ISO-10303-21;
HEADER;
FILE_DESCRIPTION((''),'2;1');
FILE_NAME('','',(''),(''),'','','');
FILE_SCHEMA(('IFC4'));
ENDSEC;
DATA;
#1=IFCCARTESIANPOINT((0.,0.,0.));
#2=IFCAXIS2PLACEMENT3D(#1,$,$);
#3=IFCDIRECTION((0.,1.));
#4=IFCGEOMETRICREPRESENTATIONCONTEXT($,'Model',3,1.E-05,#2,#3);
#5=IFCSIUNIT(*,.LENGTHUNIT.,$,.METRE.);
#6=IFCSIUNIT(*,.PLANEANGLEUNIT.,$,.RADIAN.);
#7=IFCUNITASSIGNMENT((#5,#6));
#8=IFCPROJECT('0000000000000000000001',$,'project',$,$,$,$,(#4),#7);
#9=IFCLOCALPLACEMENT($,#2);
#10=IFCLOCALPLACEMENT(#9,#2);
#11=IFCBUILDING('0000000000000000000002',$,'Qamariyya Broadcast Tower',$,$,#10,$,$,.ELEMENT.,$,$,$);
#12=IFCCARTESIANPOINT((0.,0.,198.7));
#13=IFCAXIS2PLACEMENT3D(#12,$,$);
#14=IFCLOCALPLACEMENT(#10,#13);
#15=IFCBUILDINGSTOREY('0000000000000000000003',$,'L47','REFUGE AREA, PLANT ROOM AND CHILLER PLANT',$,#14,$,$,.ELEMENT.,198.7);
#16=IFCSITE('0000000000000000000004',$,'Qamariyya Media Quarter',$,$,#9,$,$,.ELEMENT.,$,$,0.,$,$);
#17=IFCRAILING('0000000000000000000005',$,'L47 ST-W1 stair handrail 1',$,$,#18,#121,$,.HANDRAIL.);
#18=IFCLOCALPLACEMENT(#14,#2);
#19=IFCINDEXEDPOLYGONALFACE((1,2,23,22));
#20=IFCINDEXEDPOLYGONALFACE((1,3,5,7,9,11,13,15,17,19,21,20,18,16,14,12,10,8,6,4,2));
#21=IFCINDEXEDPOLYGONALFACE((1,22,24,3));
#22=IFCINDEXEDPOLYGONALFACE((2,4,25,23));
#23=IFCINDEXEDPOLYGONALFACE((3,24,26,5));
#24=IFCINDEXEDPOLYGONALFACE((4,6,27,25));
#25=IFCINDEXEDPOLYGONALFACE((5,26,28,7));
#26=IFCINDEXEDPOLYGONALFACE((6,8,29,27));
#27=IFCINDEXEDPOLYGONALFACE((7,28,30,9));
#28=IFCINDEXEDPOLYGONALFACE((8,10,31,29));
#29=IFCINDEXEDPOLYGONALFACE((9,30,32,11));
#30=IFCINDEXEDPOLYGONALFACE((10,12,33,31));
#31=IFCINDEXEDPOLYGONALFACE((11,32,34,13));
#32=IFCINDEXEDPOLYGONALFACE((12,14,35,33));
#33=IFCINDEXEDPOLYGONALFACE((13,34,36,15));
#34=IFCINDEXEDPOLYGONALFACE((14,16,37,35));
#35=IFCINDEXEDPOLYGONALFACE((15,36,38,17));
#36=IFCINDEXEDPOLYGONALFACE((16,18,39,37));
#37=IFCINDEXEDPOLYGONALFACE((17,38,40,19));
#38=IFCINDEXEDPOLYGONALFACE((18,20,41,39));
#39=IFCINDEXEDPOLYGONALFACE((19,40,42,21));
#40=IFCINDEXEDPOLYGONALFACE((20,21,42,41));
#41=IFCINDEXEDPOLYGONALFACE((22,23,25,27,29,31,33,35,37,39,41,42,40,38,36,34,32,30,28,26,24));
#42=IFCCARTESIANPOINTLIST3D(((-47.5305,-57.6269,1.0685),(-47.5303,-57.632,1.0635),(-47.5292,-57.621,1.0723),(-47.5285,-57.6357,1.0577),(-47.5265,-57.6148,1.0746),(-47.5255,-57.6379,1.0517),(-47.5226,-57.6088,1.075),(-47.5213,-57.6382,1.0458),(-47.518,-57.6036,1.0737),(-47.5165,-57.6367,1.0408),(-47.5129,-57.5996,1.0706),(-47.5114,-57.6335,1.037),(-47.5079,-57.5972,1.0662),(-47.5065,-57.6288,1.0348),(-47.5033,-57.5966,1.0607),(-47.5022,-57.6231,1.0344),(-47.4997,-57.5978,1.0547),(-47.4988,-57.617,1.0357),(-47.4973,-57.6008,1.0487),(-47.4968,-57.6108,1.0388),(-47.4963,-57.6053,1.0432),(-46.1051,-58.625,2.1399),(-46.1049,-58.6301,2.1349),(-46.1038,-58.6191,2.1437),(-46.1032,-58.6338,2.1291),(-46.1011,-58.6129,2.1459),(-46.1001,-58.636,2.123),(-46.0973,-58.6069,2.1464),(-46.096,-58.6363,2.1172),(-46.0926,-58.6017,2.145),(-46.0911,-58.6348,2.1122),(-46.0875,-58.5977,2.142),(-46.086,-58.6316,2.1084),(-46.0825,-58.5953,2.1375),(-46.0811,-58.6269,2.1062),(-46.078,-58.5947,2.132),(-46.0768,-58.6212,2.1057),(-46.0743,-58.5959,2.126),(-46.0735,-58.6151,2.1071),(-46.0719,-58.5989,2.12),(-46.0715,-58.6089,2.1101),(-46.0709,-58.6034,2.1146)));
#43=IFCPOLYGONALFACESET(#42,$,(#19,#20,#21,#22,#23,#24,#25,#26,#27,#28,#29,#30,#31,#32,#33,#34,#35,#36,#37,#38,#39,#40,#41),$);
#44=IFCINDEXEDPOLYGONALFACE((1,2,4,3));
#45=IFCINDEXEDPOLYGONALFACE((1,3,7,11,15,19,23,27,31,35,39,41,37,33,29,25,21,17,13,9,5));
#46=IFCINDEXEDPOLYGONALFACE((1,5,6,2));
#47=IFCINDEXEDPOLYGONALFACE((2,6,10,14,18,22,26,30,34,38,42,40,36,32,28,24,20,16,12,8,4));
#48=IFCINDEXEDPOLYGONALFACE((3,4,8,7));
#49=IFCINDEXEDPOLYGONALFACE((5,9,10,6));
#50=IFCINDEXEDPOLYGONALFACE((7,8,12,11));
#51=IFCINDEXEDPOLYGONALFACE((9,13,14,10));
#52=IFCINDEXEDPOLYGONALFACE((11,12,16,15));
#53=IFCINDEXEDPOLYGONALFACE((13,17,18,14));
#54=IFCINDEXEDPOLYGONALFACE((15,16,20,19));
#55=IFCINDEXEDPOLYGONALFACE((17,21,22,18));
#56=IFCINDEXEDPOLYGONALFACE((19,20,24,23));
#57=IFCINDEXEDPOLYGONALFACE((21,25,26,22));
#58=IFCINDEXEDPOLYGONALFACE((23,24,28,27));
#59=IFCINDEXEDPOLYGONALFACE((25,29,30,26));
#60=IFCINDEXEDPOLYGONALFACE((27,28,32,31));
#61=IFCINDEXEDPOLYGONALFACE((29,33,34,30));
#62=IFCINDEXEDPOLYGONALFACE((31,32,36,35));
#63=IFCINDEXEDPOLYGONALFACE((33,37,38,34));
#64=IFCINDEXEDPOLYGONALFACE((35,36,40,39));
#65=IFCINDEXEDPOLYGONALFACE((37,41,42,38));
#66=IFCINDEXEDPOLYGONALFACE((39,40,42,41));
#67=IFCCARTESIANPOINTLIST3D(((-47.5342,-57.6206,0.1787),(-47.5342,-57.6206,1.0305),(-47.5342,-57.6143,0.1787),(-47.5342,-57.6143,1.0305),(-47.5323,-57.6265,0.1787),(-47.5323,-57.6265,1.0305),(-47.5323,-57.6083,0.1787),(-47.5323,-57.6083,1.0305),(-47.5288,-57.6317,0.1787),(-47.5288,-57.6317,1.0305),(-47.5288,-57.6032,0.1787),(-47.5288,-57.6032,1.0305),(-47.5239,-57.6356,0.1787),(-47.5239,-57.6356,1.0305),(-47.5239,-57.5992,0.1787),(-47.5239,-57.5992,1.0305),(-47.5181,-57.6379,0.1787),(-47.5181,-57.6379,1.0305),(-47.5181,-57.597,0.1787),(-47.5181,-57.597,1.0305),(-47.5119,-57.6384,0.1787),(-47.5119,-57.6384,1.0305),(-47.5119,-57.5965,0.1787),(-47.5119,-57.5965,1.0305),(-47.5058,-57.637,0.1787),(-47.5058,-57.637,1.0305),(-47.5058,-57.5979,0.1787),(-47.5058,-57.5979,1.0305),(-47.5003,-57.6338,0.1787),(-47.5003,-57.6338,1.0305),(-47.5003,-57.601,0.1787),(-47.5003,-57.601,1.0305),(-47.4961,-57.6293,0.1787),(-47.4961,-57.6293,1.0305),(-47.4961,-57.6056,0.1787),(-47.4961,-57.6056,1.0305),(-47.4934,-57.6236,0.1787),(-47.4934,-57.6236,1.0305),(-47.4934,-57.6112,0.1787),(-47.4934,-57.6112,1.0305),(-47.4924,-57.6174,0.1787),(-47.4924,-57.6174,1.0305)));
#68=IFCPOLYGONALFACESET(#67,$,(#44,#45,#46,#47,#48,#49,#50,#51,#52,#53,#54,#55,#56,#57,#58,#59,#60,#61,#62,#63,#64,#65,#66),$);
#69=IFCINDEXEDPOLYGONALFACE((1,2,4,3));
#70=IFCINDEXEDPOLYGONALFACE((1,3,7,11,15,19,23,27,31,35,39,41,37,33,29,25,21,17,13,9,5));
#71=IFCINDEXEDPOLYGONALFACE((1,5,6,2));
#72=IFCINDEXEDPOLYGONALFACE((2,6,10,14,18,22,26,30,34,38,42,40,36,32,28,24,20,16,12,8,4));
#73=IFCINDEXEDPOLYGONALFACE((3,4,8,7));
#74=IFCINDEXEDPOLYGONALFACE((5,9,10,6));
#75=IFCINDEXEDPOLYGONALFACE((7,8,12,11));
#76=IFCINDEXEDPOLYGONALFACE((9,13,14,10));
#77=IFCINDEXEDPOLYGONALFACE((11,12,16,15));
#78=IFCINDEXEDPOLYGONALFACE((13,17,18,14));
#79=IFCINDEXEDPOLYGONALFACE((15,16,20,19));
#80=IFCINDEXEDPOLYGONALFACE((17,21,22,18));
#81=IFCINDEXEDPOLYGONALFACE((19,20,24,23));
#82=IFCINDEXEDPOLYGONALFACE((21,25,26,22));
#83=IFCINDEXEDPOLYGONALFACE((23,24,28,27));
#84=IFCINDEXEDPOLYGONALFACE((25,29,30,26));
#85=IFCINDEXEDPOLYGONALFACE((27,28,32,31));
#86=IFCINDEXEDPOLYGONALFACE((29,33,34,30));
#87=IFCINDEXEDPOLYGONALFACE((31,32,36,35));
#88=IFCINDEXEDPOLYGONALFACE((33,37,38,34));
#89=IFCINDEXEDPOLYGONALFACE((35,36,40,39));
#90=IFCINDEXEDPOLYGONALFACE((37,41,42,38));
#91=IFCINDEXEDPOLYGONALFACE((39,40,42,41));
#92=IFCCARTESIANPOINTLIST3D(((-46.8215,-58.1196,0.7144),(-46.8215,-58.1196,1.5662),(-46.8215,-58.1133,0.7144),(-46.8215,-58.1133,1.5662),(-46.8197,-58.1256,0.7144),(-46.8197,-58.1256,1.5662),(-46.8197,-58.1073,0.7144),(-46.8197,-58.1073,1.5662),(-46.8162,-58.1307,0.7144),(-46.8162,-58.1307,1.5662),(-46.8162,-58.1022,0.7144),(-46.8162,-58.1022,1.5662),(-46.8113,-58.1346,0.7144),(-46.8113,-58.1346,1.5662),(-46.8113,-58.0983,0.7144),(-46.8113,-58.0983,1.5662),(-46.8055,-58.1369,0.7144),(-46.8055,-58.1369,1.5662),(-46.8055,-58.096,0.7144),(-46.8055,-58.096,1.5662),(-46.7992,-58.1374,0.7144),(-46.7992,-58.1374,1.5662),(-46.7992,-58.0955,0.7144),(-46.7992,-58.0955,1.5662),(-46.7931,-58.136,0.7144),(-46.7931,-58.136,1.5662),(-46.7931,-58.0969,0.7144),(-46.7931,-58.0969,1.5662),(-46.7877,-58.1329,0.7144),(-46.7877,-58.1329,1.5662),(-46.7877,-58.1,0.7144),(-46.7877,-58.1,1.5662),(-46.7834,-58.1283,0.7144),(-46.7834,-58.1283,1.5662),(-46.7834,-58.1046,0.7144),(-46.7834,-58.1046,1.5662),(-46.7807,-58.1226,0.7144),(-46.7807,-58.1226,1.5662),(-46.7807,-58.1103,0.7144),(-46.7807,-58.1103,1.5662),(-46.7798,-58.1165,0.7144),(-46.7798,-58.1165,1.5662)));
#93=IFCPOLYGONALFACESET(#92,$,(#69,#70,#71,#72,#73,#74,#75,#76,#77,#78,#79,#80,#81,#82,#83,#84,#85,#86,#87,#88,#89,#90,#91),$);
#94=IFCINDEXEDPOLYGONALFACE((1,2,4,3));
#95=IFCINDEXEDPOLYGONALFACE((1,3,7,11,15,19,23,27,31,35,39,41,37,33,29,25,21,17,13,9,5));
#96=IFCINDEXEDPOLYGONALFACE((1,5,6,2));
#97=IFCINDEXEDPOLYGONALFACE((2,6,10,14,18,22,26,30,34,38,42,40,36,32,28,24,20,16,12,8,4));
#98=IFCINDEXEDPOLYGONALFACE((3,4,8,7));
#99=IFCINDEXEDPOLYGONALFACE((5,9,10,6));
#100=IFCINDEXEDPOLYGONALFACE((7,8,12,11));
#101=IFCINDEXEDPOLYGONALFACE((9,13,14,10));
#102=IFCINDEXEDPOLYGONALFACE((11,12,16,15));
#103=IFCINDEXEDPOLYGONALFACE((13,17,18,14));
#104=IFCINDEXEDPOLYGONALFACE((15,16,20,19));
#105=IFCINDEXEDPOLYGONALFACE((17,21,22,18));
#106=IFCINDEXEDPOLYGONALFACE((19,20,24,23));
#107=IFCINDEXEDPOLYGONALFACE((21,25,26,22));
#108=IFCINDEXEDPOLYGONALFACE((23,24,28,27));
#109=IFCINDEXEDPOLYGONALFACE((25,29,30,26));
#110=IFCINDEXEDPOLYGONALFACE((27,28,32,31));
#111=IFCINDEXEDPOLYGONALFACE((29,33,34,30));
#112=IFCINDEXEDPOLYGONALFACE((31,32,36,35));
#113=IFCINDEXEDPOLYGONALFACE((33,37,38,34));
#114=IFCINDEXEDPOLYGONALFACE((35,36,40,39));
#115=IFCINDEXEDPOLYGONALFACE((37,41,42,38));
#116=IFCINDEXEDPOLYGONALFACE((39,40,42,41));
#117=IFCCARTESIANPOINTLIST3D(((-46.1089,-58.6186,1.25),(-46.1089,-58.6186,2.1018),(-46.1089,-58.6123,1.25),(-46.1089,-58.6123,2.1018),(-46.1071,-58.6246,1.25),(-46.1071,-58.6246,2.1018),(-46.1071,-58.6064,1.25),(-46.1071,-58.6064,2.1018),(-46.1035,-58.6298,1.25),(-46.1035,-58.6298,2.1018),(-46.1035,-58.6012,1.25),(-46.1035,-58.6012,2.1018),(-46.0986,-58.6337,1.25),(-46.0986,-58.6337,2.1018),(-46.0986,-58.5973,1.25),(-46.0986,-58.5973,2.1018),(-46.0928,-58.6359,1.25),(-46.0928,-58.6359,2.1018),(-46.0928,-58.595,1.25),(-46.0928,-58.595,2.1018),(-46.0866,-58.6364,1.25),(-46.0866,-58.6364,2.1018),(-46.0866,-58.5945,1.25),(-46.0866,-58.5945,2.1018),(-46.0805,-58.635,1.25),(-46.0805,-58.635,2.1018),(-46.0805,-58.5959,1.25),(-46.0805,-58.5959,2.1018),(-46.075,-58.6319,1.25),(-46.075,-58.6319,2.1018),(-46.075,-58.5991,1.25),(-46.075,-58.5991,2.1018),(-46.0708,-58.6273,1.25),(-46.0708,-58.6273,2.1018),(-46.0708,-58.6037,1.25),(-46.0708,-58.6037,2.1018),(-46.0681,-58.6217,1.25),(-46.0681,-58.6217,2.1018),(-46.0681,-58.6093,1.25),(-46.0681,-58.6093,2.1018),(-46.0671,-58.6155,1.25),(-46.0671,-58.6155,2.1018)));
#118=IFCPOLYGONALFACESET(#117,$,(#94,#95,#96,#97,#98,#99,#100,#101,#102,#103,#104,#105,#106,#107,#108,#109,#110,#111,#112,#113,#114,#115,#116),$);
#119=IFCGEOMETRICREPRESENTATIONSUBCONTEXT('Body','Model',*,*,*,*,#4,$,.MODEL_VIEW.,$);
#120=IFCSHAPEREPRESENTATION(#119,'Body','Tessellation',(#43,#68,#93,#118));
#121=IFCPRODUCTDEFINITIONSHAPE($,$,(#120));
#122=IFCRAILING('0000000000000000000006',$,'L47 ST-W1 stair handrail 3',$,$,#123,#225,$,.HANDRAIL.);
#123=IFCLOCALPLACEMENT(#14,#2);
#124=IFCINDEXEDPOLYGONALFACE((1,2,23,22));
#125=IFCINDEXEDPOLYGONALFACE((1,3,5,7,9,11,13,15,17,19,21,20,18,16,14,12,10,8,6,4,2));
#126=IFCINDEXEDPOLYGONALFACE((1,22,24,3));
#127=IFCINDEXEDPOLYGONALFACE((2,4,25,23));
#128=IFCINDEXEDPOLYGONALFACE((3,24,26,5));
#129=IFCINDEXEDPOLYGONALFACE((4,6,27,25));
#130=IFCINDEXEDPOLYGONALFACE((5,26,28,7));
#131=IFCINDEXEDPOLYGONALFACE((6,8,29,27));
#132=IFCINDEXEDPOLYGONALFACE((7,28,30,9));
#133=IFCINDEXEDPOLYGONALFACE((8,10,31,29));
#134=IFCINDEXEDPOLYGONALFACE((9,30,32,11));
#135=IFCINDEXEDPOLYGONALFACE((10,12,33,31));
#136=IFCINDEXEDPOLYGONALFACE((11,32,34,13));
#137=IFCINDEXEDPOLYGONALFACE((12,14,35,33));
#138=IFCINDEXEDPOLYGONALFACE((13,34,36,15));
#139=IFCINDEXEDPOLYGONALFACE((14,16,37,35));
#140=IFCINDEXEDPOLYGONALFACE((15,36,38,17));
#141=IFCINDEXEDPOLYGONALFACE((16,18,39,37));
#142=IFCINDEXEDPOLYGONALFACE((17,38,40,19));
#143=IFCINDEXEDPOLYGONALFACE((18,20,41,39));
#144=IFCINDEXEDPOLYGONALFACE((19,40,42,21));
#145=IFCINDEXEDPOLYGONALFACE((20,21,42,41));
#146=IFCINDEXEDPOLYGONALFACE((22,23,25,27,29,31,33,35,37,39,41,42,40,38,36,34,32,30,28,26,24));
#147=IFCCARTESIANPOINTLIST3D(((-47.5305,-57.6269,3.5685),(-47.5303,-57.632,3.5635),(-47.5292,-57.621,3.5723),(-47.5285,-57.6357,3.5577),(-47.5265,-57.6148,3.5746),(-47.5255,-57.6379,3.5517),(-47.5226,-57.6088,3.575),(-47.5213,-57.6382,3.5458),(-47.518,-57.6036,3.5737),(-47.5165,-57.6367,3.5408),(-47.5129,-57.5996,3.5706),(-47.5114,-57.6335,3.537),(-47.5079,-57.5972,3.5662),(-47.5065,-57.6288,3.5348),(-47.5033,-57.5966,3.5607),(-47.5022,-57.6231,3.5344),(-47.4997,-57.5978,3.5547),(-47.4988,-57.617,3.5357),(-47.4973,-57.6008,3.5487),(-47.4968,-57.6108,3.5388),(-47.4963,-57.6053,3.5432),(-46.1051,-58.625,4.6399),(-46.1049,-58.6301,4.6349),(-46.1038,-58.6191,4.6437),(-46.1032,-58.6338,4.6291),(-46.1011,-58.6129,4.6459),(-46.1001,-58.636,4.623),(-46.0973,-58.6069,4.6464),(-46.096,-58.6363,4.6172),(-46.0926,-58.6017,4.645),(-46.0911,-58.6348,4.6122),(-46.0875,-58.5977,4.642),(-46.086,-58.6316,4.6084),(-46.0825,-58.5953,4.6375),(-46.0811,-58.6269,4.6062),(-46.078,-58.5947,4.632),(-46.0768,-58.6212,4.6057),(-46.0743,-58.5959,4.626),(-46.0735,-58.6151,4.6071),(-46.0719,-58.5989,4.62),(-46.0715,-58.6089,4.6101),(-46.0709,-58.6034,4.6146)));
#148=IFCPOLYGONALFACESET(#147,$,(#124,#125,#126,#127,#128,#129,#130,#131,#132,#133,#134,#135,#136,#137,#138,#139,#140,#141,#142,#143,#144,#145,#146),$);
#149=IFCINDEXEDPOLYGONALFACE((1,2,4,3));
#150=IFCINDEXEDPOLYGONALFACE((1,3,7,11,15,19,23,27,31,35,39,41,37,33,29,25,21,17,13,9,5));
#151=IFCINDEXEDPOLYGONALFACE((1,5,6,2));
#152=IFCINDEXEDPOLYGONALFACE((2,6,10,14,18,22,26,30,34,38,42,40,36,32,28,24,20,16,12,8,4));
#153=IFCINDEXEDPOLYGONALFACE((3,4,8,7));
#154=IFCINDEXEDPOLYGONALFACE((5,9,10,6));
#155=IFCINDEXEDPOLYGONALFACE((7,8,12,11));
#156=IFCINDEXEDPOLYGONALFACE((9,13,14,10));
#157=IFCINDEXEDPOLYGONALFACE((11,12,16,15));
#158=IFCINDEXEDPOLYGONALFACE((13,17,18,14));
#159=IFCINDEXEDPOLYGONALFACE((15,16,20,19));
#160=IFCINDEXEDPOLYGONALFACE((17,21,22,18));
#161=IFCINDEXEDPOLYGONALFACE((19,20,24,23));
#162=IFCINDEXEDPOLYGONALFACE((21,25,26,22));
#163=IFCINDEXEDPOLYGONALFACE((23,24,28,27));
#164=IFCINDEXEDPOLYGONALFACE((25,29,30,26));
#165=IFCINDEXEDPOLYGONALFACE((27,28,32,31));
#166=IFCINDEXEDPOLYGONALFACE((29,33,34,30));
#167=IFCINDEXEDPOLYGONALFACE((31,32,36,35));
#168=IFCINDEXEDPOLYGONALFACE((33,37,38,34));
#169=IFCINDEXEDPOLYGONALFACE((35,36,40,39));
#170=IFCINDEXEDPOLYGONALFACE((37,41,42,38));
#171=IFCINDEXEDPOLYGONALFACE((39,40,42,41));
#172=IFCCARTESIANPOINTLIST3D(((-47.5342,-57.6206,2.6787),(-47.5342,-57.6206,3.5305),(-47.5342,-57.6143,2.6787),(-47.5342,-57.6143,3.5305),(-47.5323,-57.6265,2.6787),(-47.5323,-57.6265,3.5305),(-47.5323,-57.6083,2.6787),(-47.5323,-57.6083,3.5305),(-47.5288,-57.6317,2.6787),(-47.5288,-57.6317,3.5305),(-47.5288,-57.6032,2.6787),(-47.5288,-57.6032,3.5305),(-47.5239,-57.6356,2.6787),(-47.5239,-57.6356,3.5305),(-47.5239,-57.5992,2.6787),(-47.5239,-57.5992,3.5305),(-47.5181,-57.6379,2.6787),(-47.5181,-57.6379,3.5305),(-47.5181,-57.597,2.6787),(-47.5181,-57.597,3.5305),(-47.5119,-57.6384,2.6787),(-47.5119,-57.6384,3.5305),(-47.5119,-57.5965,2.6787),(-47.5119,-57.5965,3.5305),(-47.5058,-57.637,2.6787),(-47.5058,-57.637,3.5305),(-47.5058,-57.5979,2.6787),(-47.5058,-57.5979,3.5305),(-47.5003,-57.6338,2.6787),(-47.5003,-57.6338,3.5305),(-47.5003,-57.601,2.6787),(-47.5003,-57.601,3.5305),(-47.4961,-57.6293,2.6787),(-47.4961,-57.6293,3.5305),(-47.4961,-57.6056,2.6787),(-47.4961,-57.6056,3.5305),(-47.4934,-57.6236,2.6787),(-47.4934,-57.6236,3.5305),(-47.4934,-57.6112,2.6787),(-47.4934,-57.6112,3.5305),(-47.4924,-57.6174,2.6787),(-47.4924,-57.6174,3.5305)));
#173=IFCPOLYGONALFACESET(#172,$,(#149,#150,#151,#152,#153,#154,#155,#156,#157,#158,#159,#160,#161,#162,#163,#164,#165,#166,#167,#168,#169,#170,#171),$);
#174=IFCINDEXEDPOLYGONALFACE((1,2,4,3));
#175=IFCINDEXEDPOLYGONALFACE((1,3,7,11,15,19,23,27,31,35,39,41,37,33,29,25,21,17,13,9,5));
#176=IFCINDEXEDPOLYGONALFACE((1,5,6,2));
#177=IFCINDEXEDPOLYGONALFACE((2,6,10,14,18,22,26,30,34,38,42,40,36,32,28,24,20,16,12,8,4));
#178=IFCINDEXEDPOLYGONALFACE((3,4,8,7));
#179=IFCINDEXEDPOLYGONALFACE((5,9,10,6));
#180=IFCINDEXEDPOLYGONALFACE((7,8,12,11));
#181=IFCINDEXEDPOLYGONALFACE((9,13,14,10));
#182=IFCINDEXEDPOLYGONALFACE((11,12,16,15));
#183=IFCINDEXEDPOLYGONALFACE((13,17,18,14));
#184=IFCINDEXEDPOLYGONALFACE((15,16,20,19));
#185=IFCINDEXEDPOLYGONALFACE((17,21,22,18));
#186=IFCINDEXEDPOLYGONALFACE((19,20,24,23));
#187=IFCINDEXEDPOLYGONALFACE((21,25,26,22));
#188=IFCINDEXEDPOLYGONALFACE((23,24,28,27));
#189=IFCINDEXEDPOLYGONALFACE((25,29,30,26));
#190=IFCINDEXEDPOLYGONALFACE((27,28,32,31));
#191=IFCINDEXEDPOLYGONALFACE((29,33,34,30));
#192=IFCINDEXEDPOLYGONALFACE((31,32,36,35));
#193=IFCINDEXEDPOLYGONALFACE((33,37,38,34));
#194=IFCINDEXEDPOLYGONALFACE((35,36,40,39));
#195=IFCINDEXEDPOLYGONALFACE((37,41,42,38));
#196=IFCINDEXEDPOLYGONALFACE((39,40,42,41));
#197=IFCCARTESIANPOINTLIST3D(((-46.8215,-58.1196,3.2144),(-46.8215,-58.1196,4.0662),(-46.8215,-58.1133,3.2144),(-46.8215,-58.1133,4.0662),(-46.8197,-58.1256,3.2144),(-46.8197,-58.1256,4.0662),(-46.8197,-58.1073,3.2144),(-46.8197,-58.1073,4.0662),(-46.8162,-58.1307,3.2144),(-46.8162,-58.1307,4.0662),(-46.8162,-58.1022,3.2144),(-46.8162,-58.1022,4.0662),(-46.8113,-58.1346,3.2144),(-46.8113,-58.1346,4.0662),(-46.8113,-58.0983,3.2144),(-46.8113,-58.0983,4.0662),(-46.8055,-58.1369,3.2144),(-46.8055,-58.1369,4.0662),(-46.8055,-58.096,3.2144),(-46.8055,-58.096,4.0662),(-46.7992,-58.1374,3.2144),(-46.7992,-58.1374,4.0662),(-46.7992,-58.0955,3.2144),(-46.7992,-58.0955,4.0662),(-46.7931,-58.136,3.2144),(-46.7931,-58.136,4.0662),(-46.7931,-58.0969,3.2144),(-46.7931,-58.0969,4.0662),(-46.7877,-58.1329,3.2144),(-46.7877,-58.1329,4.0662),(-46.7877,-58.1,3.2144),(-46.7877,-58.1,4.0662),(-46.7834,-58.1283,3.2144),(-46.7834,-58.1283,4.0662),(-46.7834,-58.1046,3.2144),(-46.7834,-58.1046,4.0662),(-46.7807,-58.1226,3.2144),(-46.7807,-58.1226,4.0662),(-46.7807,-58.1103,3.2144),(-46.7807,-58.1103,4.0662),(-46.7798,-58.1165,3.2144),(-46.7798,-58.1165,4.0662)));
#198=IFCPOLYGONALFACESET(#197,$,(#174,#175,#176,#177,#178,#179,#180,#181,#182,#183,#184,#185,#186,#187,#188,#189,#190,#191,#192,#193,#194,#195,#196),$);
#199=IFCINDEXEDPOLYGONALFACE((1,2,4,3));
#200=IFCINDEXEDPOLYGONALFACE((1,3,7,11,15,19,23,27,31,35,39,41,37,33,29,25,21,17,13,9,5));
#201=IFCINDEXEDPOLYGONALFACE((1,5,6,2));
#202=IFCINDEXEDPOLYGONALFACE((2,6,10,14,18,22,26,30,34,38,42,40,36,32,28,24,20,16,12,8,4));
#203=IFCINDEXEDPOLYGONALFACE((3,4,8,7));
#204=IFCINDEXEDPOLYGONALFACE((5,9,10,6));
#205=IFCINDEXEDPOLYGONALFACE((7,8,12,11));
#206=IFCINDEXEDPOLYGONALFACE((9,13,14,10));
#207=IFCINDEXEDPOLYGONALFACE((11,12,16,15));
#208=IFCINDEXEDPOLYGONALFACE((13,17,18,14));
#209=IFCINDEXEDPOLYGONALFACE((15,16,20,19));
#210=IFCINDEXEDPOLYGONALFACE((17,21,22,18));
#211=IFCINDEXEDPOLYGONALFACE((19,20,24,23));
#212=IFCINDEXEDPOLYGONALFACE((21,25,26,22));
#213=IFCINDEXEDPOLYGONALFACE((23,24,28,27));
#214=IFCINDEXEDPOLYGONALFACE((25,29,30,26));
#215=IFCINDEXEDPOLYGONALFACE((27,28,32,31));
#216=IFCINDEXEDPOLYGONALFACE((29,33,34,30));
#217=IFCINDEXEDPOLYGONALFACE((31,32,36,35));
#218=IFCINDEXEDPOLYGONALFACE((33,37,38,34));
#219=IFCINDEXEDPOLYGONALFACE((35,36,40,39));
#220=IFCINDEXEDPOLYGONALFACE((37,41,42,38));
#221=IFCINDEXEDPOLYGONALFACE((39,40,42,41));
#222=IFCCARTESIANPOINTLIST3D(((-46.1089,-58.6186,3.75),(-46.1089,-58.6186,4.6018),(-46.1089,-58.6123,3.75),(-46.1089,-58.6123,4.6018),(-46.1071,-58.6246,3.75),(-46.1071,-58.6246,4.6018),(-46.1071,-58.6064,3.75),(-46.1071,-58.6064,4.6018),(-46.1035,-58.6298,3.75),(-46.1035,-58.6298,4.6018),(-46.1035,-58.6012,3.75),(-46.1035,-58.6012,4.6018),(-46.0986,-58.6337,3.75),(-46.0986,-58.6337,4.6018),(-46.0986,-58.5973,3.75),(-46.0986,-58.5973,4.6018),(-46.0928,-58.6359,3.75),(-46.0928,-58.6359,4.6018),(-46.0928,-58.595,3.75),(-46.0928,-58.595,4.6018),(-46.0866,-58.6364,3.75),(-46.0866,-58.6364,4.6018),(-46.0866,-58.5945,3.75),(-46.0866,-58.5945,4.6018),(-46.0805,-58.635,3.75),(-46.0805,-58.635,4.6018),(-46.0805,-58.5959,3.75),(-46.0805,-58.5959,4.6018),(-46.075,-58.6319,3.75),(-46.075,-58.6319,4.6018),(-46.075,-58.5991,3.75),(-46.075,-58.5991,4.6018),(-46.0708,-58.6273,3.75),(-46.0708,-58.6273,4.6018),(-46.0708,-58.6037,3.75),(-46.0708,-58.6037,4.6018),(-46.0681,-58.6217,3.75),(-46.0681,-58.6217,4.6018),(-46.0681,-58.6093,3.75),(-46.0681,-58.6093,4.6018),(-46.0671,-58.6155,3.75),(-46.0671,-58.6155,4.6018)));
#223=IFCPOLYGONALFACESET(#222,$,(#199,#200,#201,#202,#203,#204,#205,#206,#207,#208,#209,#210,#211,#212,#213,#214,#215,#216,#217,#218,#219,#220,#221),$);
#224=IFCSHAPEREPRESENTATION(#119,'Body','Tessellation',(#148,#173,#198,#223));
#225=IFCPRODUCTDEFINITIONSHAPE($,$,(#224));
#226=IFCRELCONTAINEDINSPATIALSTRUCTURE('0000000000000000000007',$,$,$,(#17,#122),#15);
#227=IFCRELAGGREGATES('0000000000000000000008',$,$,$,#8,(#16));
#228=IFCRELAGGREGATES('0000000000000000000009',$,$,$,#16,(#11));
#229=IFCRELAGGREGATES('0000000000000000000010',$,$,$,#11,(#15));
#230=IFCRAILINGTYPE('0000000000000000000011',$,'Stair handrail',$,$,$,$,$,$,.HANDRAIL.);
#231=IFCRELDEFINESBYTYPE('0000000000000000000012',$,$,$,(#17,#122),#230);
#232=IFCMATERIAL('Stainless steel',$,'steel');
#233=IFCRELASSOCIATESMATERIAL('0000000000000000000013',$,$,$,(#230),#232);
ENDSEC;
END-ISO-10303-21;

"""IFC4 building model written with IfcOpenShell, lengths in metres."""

from ifc_helpers import new_model, si_unit, direction, frame, origin, origin_2d, place, context, subcontext, project, spatial, circle, extrude, material, type_object, element, save


model = new_model("IFC4")

# Units and contexts
model_context = context("Model", 3, precision=1e-05, world=origin(), true_north=direction((0.0, 1.0)))
body_context = subcontext(model_context, "Body", "Model", "MODEL_VIEW")
ifc_project = project(units=[si_unit("LENGTHUNIT", "METRE"), si_unit("PLANEANGLEUNIT", "RADIAN")], contexts=[model_context])

# Site, building, storey
site_placement = place(None, origin())
site = spatial("IfcSite", under=ifc_project, at=site_placement, Name="Qamariyya Media Quarter", CompositionType="ELEMENT", RefElevation=0.0)
building_placement = place(site_placement, origin())
building = spatial("IfcBuilding", under=site, at=building_placement, Name="Qamariyya Broadcast Tower", CompositionType="ELEMENT")
storey_placement = place(building_placement, frame((0.0, 0.0, 198.7)))
storey = spatial("IfcBuildingStorey", under=building, at=storey_placement, Name="L47", Description="REFUGE AREA, PLANT ROOM AND CHILLER PLANT", CompositionType="ELEMENT", Elevation=198.7)

# Railings
ifc_material_1 = material(Name="Stainless steel", Category="steel")
railing_type_1 = type_object("IfcRailingType", Name="Stair handrail", PredefinedType="HANDRAIL", material=ifc_material_1)
for number, where, name in (
    (1, (-47.5134, -57.6174, 0.1787), "L47 ST-W1 stair handrail 1"),
    (2, (-47.5134, -57.6174, 2.6787), "L47 ST-W1 stair handrail 3"),
):
    element("IfcRailing", number, at=place(storey_placement, frame(where)), inside=storey, type_object=railing_type_1, Name=name, PredefinedType="HANDRAIL", context=body_context, shape_type="SweptSolid", body=[
        extrude(circle(Radius=0.0239, at=origin_2d()), frame((0.0, 0.0, 0.876), z_axis=(0.697533, -0.48844, 0.524285), x_axis=(0.573594, 0.81914, 0.0)), (0.0, 0.0, 1.0), 2.0435),
        extrude(circle(Radius=0.021, at=origin_2d()), origin(), (0.0, 0.0, 1.0), 0.8518),
        extrude(circle(Radius=0.021, at=origin_2d()), frame((0.7126, -0.499, 0.5356)), (0.0, 0.0, 1.0), 0.8518),
        extrude(circle(Radius=0.021, at=origin_2d()), frame((1.4253, -0.998, 1.0713)), (0.0, 0.0, 1.0), 0.8518),
    ])

save(model, "model.ifc")
